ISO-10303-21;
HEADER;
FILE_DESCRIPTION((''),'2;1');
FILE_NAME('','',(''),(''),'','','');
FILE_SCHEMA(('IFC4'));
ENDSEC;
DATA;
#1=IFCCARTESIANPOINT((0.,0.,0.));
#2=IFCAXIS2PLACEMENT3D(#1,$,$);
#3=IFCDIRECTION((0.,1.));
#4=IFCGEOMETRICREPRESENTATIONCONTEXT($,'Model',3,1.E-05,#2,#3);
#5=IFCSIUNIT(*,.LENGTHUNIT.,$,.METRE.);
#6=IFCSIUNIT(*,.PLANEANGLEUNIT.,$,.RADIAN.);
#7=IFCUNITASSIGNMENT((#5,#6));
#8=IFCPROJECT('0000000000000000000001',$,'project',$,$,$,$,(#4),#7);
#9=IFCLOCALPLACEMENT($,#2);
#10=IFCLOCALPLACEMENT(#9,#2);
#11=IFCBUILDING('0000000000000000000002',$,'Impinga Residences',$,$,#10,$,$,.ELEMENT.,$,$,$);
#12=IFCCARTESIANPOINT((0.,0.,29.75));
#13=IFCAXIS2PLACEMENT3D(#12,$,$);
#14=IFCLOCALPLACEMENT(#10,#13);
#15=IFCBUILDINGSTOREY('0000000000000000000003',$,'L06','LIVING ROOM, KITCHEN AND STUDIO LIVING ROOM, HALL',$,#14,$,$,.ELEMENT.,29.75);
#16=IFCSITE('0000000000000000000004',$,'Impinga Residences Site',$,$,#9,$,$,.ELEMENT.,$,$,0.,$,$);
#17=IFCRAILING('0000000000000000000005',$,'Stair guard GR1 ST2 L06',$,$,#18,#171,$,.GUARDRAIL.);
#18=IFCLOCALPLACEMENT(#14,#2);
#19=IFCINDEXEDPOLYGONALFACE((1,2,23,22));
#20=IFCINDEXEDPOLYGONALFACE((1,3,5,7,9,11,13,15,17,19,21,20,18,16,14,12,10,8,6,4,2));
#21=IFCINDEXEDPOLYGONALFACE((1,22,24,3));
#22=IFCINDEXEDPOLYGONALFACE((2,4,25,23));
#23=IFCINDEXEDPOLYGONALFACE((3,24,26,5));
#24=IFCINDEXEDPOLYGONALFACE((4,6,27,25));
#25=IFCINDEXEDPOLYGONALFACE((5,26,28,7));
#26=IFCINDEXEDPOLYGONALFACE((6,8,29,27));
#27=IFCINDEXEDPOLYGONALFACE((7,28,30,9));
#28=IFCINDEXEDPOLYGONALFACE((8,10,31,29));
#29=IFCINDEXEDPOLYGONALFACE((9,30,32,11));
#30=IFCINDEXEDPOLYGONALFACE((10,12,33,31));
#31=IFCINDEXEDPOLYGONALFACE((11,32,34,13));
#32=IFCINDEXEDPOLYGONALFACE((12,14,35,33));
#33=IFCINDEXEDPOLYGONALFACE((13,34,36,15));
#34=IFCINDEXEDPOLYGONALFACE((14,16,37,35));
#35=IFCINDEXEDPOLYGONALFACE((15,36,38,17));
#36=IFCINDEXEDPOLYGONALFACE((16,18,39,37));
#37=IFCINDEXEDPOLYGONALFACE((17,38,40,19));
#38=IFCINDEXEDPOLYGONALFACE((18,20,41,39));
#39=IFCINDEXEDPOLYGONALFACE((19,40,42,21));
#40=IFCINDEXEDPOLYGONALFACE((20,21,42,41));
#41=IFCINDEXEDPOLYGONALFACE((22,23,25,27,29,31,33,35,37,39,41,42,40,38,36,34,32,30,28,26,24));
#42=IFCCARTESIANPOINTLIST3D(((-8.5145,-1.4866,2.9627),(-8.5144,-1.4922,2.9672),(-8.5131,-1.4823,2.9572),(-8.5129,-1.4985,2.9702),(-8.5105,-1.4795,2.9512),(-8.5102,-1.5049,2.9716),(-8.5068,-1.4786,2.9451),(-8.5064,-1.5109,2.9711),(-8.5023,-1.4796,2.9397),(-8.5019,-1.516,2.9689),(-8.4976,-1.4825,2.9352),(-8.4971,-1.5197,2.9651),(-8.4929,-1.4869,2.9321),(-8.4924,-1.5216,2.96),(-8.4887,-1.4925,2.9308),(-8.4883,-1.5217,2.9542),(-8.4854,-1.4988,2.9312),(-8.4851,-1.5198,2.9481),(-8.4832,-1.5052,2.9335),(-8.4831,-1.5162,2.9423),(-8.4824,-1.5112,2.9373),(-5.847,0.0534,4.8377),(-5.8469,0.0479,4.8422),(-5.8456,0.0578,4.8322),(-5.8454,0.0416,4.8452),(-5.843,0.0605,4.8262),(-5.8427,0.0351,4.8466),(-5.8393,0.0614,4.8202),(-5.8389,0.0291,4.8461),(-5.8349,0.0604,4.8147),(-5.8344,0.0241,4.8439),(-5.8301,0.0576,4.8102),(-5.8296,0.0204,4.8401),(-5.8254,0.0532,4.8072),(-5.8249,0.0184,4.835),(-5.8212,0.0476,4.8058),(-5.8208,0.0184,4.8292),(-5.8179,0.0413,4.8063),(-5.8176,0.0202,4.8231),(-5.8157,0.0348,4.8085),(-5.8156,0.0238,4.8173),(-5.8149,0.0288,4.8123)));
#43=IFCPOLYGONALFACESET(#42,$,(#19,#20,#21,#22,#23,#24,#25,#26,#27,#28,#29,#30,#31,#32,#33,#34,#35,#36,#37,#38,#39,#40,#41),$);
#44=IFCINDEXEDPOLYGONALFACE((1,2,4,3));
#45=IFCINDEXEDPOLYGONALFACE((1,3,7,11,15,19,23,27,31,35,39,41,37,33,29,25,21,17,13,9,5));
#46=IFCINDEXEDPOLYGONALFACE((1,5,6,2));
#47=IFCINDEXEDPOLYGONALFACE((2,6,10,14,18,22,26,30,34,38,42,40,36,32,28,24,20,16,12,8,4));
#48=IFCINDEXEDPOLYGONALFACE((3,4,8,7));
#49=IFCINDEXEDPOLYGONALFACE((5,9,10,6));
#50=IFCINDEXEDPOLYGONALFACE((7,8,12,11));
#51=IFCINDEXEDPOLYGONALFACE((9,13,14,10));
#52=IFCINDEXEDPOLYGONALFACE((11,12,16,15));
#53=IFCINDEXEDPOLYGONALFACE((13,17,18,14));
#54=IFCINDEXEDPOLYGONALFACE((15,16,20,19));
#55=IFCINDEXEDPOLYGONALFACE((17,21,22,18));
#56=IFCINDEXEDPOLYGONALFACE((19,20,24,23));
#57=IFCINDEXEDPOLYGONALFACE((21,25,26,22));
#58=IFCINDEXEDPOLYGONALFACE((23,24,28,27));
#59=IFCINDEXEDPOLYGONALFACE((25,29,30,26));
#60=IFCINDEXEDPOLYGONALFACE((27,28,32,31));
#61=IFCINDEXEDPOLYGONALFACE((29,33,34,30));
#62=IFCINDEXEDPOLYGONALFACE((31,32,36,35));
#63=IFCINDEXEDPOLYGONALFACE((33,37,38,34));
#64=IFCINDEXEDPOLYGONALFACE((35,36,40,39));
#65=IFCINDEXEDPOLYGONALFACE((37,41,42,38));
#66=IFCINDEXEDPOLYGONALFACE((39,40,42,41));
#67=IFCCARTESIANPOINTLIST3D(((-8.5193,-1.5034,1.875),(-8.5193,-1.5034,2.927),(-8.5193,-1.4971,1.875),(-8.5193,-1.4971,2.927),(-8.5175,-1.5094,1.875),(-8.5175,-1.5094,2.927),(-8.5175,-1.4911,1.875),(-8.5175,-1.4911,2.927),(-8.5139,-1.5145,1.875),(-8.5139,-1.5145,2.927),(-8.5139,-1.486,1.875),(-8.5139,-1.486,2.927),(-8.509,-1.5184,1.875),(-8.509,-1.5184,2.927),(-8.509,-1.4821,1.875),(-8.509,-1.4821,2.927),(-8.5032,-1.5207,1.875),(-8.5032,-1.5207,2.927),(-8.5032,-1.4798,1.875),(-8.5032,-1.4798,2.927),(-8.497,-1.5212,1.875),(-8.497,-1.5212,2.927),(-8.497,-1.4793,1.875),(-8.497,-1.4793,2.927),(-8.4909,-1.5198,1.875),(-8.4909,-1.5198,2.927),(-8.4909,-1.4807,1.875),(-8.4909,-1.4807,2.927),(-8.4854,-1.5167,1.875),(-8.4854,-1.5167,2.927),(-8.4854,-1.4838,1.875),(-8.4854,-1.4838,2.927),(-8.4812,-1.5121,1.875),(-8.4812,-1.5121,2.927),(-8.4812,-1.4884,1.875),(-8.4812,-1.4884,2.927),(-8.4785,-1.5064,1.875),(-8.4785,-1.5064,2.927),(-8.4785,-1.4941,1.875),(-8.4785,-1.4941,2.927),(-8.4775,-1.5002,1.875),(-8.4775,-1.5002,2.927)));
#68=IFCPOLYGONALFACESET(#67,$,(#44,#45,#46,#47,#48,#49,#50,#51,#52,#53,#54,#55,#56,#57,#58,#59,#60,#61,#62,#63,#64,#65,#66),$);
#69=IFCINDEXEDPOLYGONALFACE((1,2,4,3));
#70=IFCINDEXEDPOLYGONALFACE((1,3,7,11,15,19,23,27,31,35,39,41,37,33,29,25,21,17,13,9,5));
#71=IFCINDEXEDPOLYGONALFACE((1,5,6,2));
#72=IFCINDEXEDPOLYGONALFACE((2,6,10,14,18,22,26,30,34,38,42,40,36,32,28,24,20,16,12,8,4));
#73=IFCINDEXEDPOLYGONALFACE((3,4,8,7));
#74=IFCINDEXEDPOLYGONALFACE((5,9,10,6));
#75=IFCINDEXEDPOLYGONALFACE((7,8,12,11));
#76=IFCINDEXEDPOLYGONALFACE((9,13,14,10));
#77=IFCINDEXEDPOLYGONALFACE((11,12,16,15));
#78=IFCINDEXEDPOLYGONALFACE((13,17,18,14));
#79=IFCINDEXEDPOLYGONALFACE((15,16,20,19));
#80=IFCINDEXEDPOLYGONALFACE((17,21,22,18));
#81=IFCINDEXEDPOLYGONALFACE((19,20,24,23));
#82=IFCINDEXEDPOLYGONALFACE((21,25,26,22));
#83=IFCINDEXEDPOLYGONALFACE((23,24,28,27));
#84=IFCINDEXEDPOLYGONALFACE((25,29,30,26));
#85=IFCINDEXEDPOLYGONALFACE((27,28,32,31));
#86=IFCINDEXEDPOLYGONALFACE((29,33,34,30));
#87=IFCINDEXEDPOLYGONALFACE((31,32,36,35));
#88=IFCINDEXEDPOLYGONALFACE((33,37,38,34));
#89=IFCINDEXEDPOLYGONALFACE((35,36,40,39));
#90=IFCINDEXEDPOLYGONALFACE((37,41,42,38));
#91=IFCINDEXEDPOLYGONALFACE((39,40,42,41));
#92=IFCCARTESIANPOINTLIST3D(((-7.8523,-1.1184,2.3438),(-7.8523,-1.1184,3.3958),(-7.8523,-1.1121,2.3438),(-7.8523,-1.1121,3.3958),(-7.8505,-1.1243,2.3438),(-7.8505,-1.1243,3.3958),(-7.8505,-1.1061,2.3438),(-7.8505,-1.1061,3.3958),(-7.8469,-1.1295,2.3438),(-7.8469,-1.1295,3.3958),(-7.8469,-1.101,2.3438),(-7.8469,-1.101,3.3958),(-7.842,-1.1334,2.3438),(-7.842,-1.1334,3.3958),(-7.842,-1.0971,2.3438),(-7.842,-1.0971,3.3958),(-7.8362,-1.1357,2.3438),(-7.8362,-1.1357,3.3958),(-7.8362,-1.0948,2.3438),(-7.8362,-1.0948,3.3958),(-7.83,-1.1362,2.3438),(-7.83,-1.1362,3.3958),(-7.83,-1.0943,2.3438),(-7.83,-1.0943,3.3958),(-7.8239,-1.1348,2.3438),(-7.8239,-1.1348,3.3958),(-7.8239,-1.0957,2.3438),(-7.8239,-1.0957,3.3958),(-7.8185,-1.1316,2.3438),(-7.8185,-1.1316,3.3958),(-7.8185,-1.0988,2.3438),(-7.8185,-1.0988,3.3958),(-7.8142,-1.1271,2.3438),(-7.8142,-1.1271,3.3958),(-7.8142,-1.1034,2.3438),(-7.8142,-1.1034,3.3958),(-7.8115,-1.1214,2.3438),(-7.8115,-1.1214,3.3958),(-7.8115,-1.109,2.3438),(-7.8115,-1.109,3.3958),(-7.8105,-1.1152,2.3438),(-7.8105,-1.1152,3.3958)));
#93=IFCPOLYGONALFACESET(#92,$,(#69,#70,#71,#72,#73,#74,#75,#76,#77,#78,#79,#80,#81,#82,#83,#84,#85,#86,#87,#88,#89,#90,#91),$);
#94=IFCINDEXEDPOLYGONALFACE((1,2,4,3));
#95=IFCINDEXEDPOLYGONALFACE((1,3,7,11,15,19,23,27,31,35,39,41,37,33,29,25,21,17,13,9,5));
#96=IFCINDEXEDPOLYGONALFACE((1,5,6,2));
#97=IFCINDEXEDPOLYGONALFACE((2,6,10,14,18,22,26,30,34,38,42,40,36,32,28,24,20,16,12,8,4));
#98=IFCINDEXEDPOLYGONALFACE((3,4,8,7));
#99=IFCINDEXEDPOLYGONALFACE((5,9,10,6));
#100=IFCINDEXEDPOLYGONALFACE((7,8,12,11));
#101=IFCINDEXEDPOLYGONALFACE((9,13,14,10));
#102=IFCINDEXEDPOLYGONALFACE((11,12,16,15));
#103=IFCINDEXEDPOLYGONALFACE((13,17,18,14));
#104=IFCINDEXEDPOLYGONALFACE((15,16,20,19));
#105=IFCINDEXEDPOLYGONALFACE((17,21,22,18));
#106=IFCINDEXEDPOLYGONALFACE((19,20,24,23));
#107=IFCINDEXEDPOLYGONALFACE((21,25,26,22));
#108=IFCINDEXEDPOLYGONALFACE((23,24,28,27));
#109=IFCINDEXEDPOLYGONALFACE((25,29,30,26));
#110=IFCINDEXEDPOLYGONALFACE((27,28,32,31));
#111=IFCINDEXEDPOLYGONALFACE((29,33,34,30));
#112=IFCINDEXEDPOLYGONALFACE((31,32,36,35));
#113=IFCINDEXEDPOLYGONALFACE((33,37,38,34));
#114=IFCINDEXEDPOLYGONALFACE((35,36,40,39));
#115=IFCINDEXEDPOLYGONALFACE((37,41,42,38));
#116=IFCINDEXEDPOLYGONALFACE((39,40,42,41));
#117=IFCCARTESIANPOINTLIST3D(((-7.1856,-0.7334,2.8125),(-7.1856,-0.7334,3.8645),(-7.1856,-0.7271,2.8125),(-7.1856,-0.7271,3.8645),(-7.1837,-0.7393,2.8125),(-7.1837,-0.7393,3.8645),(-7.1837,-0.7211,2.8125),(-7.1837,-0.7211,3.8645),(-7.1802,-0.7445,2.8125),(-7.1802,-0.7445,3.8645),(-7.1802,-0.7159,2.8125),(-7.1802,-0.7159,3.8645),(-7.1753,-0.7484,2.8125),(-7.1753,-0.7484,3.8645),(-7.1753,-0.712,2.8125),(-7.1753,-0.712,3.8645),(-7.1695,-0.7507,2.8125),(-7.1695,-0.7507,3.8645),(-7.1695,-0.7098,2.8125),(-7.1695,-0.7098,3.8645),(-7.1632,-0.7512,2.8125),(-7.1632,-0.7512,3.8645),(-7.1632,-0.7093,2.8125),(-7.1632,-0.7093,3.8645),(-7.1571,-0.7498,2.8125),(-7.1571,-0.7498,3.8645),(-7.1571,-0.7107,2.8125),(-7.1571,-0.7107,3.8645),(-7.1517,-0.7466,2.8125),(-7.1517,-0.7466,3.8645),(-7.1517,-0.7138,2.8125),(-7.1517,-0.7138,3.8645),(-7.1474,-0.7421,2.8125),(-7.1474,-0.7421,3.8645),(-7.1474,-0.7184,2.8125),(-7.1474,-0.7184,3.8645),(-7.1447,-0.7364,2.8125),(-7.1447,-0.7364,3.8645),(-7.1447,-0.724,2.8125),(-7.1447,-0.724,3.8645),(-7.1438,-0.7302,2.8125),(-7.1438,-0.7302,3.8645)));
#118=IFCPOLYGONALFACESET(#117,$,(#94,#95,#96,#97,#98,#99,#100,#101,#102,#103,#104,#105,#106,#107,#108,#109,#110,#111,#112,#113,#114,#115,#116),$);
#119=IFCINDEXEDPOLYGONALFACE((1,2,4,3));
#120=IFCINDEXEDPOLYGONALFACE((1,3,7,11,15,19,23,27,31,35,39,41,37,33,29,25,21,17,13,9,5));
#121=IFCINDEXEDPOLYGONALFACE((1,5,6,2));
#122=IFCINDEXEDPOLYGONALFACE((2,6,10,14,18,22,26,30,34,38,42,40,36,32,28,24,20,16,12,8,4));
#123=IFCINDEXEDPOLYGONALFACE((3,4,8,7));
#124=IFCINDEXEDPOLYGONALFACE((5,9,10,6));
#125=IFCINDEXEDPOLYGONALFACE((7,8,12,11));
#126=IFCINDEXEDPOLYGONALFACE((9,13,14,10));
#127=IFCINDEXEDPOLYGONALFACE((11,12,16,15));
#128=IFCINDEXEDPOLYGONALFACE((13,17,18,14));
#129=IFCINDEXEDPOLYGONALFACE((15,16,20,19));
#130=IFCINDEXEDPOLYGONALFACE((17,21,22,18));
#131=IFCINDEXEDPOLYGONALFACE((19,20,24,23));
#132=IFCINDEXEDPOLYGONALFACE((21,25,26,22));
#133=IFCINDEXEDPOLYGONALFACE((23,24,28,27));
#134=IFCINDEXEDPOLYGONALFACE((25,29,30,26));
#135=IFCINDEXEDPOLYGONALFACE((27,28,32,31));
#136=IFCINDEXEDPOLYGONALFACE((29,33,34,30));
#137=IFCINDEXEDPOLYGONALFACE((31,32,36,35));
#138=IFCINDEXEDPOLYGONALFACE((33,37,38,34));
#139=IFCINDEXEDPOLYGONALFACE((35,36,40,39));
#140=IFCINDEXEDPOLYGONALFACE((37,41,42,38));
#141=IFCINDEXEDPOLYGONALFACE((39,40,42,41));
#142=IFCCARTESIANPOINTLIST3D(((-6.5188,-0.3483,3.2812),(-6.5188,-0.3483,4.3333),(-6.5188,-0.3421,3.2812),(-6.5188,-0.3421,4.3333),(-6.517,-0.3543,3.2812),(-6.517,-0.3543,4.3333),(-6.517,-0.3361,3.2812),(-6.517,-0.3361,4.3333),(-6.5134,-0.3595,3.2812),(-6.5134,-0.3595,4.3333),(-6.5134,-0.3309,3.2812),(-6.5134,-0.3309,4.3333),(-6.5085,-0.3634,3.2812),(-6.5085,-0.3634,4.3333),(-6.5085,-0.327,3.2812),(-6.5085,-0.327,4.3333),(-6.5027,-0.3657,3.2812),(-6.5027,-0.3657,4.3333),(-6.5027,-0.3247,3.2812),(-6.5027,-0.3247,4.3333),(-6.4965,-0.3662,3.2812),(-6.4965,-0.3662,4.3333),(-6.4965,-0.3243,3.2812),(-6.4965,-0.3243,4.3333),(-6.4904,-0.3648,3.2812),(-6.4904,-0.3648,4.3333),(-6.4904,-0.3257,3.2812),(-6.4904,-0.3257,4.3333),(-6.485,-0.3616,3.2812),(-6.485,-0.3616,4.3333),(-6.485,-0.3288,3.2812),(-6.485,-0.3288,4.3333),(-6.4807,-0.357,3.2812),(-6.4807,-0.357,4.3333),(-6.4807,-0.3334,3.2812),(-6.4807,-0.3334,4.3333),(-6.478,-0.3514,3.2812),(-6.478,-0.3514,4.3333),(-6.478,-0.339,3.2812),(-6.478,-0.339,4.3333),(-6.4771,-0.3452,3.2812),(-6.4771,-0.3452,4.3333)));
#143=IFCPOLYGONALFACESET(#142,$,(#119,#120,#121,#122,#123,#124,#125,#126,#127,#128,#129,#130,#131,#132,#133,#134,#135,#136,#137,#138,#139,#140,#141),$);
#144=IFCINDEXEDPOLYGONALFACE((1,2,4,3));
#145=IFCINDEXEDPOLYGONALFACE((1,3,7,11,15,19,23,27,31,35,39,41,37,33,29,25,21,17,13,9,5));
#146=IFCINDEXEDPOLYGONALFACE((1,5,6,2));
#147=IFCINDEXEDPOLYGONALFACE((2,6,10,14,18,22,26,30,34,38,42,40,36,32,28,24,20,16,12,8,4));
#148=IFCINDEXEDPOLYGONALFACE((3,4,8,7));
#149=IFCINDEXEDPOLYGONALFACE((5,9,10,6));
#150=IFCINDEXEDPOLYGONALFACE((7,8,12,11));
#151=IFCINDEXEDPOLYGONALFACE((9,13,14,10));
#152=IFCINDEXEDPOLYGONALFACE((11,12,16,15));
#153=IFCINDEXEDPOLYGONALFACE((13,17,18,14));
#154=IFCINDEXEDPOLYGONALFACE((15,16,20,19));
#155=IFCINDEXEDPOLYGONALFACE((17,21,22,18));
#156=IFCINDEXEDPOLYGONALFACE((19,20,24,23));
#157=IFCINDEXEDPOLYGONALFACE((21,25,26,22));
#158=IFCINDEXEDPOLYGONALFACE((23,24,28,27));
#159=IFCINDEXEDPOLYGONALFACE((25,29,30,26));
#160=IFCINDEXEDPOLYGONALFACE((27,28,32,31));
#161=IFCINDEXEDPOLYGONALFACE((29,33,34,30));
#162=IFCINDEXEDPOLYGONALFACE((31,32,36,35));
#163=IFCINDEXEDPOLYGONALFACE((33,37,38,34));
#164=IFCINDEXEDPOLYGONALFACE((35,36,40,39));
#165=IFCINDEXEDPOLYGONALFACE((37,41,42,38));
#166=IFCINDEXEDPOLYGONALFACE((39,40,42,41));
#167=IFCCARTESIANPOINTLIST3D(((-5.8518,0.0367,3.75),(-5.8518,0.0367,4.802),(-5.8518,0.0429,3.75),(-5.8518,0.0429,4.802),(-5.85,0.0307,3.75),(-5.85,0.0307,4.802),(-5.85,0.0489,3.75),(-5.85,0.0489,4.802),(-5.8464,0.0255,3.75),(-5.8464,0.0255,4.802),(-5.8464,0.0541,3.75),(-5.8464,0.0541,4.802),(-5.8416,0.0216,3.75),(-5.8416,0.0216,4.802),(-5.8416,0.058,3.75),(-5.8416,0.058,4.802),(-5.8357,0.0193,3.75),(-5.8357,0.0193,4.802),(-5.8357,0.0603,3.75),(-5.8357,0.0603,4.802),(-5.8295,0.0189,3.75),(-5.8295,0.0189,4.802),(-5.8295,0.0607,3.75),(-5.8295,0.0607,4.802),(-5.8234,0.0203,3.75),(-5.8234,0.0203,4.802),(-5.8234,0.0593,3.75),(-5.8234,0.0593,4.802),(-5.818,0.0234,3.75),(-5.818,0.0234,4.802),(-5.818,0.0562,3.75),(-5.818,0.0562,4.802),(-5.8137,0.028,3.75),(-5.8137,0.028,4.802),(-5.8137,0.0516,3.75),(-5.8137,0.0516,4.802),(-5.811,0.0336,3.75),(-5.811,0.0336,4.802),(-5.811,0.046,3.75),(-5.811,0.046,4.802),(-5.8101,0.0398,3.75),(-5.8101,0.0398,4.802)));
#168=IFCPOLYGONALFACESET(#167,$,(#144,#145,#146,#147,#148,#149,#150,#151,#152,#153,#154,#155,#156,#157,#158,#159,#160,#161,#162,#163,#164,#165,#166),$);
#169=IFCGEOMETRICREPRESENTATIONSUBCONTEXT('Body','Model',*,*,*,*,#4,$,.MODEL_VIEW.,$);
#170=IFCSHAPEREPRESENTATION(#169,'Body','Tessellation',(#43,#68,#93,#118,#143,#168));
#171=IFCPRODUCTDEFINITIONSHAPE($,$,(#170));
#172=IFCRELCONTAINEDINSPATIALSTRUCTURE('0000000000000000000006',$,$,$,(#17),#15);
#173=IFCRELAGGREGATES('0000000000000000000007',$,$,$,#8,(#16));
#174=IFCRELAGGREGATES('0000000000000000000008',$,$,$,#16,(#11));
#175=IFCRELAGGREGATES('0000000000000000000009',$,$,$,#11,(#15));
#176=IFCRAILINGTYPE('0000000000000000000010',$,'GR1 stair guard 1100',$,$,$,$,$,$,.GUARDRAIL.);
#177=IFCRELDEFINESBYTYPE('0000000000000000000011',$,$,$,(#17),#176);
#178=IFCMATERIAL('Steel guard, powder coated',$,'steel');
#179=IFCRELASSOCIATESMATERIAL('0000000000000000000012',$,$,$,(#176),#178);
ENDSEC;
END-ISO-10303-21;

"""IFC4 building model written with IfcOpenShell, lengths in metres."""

from ifc_helpers import new_model, si_unit, direction, frame, origin, origin_2d, place, context, subcontext, project, spatial, circle, extrude, material, type_object, element, save


model = new_model("IFC4")

# Units and contexts
model_context = context("Model", 3, precision=1e-05, world=origin(), true_north=direction((0.0, 1.0)))
body_context = subcontext(model_context, "Body", "Model", "MODEL_VIEW")
ifc_project = project(units=[si_unit("LENGTHUNIT", "METRE"), si_unit("PLANEANGLEUNIT", "RADIAN")], contexts=[model_context])

# Site, building, storey
site_placement = place(None, origin())
site = spatial("IfcSite", under=ifc_project, at=site_placement, Name="Impinga Residences Site", CompositionType="ELEMENT", RefElevation=0.0)
building_placement = place(site_placement, origin())
building = spatial("IfcBuilding", under=site, at=building_placement, Name="Impinga Residences", CompositionType="ELEMENT")
storey_placement = place(building_placement, frame((0.0, 0.0, 29.75)))
storey = spatial("IfcBuildingStorey", under=building, at=storey_placement, Name="L06", Description="LIVING ROOM, KITCHEN AND STUDIO LIVING ROOM, HALL", CompositionType="ELEMENT", Elevation=29.75)

# Railing
ifc_material_1 = material(Name="Steel guard, powder coated", Category="steel")
railing_type_1 = type_object("IfcRailingType", Name="GR1 stair guard 1100", PredefinedType="GUARDRAIL", material=ifc_material_1)
railing_1_placement = place(storey_placement, frame((-8.4985, -1.5002, 1.875)))
element("IfcRailing", 1, at=railing_1_placement, inside=storey, type_object=railing_type_1, Name="Stair guard GR1 ST2 L06", PredefinedType="GUARDRAIL", context=body_context, shape_type="SweptSolid", body=[
    extrude(circle(Radius=0.0239, at=origin_2d()), frame((0.0, 0.0, 1.0762), z_axis=(0.739746, 0.427084, 0.519975), x_axis=(-0.499992, 0.86603, 0.0)), (0.0, 0.0, 1.0), 3.606),
    extrude(circle(Radius=0.021, at=origin_2d()), origin(), (0.0, 0.0, 1.0), 1.052),
    extrude(circle(Radius=0.021, at=origin_2d()), frame((0.667, 0.385, 0.4688)), (0.0, 0.0, 1.0), 1.052),
    extrude(circle(Radius=0.021, at=origin_2d()), frame((1.3337, 0.77, 0.9375)), (0.0, 0.0, 1.0), 1.052),
    extrude(circle(Radius=0.021, at=origin_2d()), frame((2.0005, 1.155, 1.4062)), (0.0, 0.0, 1.0), 1.052),
    extrude(circle(Radius=0.021, at=origin_2d()), frame((2.6675, 1.54, 1.875)), (0.0, 0.0, 1.0), 1.052),
])

save(model, "model.ifc")
